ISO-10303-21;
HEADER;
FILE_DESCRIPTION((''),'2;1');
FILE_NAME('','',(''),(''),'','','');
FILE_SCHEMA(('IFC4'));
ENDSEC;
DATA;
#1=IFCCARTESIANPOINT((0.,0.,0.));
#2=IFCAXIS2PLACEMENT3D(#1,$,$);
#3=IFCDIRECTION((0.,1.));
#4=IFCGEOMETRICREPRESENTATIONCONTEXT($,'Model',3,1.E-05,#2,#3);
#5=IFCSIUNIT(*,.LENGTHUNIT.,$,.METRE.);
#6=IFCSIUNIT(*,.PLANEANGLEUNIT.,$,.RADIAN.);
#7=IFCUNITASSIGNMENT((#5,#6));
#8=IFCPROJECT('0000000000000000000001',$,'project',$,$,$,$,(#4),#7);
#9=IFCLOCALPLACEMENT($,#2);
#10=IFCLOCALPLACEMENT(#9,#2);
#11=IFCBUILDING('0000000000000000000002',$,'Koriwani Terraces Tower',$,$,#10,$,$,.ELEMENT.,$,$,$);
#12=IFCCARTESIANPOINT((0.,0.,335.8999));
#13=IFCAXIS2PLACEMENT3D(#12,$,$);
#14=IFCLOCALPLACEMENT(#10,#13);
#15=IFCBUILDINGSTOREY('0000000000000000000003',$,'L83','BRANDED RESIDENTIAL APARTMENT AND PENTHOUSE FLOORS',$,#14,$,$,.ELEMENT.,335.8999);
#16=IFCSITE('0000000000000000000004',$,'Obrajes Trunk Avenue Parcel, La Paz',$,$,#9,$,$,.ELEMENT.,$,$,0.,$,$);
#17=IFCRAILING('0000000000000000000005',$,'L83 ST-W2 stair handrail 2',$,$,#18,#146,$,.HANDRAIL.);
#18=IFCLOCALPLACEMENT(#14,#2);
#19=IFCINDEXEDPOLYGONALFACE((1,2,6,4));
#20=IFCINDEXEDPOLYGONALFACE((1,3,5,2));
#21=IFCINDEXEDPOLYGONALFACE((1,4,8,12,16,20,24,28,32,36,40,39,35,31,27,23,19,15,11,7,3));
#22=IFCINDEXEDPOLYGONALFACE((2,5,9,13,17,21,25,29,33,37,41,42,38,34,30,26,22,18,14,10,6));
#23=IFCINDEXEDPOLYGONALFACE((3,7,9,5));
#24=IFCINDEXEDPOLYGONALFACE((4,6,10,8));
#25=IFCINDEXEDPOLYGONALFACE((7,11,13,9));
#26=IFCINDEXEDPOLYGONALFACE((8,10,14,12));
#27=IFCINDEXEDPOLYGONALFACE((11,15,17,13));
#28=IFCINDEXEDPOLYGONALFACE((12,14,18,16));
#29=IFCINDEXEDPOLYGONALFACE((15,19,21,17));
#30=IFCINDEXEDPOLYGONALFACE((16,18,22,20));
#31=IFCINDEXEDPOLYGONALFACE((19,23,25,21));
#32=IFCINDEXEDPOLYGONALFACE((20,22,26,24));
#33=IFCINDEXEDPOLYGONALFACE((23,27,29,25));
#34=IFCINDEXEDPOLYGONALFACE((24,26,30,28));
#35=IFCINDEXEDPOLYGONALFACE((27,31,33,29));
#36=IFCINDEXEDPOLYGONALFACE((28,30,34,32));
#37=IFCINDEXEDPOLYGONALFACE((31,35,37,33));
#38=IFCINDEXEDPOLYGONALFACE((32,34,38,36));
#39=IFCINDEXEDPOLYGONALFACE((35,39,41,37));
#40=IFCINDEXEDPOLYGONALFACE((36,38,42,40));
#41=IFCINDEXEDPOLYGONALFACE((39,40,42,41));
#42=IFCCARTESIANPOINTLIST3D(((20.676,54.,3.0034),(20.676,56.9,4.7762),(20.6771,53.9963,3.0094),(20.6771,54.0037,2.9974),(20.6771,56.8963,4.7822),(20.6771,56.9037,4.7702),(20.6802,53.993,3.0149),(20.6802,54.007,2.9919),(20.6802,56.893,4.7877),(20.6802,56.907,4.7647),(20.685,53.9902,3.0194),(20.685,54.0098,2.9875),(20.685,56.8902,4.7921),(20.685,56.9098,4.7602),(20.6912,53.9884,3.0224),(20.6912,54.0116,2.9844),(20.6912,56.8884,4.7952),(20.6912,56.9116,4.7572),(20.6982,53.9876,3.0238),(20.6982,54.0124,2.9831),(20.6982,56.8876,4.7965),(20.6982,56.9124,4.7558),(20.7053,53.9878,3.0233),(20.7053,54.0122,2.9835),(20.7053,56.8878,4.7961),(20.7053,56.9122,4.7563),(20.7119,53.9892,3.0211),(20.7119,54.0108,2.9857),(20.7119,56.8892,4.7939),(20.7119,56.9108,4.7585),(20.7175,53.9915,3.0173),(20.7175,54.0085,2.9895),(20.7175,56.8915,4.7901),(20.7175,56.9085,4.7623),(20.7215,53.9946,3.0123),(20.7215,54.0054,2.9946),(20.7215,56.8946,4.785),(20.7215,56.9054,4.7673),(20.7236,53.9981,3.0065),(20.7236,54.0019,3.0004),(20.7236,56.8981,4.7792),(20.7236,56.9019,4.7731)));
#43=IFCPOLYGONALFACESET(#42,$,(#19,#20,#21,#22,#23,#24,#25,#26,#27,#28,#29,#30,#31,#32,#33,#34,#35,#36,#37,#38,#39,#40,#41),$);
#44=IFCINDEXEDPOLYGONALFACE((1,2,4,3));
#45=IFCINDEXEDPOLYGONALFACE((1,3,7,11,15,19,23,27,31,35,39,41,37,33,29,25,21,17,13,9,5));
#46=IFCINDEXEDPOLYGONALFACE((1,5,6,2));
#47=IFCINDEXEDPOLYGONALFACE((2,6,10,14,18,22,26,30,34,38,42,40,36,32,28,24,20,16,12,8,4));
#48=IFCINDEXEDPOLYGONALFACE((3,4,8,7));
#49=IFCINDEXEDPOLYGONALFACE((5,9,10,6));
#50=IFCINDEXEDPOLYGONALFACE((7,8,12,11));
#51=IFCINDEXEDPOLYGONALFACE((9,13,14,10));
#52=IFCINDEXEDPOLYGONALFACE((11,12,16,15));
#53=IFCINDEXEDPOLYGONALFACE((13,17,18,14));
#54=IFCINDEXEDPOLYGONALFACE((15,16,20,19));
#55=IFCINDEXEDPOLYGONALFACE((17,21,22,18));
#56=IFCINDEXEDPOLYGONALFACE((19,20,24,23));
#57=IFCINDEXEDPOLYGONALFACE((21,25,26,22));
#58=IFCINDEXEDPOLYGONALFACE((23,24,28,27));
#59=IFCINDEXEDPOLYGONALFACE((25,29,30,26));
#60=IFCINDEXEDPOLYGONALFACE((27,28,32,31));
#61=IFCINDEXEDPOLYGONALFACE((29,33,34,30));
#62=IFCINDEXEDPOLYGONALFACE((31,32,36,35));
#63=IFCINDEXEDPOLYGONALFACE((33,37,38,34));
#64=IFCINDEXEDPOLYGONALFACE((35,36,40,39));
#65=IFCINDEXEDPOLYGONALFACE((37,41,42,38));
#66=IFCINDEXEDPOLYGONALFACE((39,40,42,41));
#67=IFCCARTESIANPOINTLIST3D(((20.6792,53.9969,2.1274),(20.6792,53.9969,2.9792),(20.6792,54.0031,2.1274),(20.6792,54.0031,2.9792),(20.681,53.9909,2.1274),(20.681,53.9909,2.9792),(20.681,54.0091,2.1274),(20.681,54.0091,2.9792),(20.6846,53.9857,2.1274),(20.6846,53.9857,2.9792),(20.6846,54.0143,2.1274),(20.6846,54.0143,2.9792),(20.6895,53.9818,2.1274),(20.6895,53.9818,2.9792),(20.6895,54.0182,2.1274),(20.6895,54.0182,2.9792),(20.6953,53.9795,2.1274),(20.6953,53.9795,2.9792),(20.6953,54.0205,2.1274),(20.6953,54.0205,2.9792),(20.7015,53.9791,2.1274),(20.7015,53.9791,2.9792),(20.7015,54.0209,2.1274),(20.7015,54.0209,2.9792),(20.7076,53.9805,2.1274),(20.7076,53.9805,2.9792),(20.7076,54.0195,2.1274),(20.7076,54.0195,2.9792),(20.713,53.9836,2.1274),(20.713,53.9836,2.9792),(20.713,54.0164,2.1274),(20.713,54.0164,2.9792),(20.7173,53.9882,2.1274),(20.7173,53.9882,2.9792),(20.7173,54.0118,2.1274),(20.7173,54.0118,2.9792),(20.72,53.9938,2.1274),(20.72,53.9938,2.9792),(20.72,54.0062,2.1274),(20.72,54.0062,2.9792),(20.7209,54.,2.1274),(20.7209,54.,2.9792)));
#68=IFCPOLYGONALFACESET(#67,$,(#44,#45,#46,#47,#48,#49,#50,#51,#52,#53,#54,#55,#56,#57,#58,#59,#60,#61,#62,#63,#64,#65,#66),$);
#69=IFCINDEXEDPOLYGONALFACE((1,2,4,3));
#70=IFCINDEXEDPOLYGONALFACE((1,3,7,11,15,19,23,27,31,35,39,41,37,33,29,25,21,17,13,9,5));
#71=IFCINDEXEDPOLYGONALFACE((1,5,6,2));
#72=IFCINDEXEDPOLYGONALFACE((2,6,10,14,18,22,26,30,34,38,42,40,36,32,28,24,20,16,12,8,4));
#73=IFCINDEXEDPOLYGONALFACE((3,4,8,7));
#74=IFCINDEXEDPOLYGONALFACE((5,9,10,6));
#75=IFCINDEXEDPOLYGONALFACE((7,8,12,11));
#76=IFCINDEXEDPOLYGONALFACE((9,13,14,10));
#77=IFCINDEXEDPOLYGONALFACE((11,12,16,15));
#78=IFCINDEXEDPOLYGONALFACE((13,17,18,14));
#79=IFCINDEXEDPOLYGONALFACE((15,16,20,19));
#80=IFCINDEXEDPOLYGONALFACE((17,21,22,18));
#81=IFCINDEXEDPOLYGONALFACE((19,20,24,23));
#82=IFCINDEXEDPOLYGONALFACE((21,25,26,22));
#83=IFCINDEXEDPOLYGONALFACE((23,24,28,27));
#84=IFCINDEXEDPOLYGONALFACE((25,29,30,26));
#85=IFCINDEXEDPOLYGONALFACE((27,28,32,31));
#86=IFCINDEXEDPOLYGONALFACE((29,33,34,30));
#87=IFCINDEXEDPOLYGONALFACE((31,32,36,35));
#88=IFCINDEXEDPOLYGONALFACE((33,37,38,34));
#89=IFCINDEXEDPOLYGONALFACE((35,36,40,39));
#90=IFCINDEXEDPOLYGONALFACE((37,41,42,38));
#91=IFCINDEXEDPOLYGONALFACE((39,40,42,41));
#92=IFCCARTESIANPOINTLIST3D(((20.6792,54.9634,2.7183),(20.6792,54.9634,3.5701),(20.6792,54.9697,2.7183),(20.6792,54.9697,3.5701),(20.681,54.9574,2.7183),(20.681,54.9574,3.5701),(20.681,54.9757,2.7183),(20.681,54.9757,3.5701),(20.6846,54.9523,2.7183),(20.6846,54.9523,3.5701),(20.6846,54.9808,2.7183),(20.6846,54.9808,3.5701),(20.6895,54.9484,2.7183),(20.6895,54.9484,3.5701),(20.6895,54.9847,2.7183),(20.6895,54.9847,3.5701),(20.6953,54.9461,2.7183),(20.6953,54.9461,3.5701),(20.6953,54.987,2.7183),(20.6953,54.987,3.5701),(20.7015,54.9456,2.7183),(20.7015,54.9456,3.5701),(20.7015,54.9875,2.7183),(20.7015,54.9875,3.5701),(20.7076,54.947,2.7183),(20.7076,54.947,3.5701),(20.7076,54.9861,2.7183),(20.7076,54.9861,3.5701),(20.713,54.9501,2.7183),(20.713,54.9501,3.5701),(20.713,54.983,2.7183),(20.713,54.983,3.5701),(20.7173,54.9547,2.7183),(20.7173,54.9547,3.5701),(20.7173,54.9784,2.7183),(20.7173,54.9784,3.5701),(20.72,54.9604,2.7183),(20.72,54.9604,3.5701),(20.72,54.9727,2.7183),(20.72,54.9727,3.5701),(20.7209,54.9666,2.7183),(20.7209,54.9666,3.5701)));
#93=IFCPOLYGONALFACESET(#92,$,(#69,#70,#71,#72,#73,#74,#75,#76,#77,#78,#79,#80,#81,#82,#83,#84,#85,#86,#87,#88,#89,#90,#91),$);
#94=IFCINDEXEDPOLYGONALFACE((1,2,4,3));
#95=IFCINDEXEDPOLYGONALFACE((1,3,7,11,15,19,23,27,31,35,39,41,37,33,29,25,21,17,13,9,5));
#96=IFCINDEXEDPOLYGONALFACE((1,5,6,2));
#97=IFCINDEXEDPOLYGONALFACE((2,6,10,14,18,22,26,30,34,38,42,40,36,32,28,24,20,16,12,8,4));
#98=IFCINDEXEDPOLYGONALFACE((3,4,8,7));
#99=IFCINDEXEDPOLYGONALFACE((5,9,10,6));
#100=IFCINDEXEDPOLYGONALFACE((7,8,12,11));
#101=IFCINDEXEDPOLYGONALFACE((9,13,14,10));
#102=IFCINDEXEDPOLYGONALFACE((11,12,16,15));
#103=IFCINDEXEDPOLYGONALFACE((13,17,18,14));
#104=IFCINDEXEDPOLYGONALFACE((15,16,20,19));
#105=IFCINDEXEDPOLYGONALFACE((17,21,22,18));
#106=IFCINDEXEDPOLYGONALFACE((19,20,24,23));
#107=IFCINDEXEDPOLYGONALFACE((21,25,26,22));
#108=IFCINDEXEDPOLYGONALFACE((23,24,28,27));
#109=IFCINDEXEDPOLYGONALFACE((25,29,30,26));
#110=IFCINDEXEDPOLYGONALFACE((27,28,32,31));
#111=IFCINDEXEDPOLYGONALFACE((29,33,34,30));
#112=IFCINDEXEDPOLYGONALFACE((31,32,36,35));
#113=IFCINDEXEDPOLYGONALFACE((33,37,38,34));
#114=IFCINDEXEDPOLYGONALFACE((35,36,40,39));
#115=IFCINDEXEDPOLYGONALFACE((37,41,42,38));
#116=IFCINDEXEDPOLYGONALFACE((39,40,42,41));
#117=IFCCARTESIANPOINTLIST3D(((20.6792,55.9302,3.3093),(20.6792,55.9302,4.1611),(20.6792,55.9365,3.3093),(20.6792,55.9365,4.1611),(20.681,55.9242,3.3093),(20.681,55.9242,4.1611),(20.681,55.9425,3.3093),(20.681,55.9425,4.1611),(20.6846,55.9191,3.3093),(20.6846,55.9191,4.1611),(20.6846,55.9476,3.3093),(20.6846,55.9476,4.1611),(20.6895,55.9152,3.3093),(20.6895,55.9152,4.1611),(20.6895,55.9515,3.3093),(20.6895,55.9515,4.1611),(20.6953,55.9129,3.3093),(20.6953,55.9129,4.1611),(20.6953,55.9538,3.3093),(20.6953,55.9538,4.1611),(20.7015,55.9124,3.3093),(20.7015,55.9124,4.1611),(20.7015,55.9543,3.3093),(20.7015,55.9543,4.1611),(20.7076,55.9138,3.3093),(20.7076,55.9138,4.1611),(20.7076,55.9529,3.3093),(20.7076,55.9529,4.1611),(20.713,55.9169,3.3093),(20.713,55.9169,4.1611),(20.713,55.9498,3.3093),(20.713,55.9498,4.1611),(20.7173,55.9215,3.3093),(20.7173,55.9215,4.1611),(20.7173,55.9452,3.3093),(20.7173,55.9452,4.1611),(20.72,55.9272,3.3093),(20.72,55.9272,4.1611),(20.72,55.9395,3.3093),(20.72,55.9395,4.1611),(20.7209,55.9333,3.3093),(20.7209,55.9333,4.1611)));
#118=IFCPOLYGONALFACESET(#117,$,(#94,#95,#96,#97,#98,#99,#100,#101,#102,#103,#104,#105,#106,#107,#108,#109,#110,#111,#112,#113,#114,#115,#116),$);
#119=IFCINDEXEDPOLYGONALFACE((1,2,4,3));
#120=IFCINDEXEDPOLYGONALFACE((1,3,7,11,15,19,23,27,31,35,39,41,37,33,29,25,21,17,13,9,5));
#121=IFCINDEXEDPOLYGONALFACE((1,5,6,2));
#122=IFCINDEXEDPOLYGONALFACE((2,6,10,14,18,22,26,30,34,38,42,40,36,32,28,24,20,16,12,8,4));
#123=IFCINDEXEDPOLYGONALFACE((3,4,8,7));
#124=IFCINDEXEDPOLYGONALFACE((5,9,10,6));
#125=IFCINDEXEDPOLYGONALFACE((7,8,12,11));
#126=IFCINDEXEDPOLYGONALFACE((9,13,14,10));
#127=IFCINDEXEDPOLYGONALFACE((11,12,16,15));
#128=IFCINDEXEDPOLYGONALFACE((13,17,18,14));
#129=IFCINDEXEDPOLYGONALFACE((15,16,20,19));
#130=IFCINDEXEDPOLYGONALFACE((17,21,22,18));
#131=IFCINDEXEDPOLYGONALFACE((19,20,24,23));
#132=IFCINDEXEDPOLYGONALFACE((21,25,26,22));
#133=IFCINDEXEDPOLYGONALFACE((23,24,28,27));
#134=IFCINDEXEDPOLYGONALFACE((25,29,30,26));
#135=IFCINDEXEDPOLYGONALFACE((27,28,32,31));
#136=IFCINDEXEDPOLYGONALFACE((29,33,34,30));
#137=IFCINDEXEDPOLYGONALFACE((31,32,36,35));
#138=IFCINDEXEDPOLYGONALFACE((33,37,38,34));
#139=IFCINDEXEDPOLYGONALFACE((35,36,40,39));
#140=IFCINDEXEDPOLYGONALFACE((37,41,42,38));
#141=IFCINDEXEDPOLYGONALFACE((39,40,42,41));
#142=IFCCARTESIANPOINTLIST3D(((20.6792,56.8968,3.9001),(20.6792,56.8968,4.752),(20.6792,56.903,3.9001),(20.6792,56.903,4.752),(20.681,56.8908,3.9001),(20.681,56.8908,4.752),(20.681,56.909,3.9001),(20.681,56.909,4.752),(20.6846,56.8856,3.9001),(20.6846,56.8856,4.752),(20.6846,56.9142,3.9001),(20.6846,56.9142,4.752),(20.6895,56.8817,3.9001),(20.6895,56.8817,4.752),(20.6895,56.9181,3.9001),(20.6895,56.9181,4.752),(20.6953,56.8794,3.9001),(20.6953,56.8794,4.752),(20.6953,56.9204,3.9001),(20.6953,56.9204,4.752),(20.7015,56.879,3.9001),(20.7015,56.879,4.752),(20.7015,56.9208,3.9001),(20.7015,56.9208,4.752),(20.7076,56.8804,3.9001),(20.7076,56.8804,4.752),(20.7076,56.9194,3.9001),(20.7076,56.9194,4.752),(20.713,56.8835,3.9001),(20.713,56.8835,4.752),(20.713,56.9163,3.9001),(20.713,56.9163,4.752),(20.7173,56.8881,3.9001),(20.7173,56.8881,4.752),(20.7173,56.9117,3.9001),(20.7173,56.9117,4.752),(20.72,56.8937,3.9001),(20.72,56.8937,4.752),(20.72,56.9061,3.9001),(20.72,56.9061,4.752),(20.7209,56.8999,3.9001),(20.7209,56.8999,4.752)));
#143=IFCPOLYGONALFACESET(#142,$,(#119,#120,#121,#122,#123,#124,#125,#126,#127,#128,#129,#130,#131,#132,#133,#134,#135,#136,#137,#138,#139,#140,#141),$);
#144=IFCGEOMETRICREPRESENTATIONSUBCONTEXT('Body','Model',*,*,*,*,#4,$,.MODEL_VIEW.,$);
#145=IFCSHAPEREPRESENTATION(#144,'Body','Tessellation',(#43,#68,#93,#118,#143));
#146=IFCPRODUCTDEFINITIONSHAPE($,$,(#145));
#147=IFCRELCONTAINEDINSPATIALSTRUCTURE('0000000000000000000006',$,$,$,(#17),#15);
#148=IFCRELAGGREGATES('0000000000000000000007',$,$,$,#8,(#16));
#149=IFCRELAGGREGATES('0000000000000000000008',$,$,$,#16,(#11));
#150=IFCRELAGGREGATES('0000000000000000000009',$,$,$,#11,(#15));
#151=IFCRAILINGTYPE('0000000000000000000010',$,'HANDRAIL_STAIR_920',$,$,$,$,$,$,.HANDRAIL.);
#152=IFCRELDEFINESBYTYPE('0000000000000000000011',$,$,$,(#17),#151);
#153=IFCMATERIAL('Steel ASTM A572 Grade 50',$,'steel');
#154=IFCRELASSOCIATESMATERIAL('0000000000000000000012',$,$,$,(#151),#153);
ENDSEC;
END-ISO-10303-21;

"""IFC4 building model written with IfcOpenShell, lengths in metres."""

from ifc_helpers import new_model, si_unit, direction, frame, origin, origin_2d, place, context, subcontext, project, spatial, circle, extrude, material, type_object, element, save


model = new_model("IFC4")

# Units and contexts
model_context = context("Model", 3, precision=1e-05, world=origin(), true_north=direction((0.0, 1.0)))
body_context = subcontext(model_context, "Body", "Model", "MODEL_VIEW")
ifc_project = project(units=[si_unit("LENGTHUNIT", "METRE"), si_unit("PLANEANGLEUNIT", "RADIAN")], contexts=[model_context])

# Site, building, storey
site_placement = place(None, origin())
site = spatial("IfcSite", under=ifc_project, at=site_placement, Name="Obrajes Trunk Avenue Parcel, La Paz", CompositionType="ELEMENT", RefElevation=0.0)
building_placement = place(site_placement, origin())
building = spatial("IfcBuilding", under=site, at=building_placement, Name="Koriwani Terraces Tower", CompositionType="ELEMENT")
storey_placement = place(building_placement, frame((0.0, 0.0, 335.8999)))
storey = spatial("IfcBuildingStorey", under=building, at=storey_placement, Name="L83", Description="BRANDED RESIDENTIAL APARTMENT AND PENTHOUSE FLOORS", CompositionType="ELEMENT", Elevation=335.8999)

# Shared definitions
ifc_material_1 = material(Name="Steel ASTM A572 Grade 50", Category="steel")

# Railing
railing_type = type_object("IfcRailingType", Name="HANDRAIL_STAIR_920", PredefinedType="HANDRAIL", material=ifc_material_1)
railing_placement = place(storey_placement, frame((20.7, 54.0, 2.1274)))
element("IfcRailing", 1, at=railing_placement, inside=storey, type_object=railing_type, Name="L83 ST-W2 stair handrail 2", PredefinedType="HANDRAIL", context=body_context, shape_type="SweptSolid", body=[
    extrude(circle(Radius=0.0239, at=origin_2d()), frame((0.0, 0.0, 0.876), z_axis=(0.0, 0.853211, 0.521566), x_axis=(-1.0, 0.0, 0.0)), (0.0, 0.0, 1.0), 3.3989),
    extrude(circle(Radius=0.021, at=origin_2d()), origin(), (0.0, 0.0, 1.0), 0.8518),
    extrude(circle(Radius=0.021, at=origin_2d()), frame((0.0, 0.9666, 0.5908)), (0.0, 0.0, 1.0), 0.8518),
    extrude(circle(Radius=0.021, at=origin_2d()), frame((0.0, 1.9333, 1.1819)), (0.0, 0.0, 1.0), 0.8518),
    extrude(circle(Radius=0.021, at=origin_2d()), frame((0.0, 2.8999, 1.7727)), (0.0, 0.0, 1.0), 0.8518),
])

save(model, "model.ifc")
